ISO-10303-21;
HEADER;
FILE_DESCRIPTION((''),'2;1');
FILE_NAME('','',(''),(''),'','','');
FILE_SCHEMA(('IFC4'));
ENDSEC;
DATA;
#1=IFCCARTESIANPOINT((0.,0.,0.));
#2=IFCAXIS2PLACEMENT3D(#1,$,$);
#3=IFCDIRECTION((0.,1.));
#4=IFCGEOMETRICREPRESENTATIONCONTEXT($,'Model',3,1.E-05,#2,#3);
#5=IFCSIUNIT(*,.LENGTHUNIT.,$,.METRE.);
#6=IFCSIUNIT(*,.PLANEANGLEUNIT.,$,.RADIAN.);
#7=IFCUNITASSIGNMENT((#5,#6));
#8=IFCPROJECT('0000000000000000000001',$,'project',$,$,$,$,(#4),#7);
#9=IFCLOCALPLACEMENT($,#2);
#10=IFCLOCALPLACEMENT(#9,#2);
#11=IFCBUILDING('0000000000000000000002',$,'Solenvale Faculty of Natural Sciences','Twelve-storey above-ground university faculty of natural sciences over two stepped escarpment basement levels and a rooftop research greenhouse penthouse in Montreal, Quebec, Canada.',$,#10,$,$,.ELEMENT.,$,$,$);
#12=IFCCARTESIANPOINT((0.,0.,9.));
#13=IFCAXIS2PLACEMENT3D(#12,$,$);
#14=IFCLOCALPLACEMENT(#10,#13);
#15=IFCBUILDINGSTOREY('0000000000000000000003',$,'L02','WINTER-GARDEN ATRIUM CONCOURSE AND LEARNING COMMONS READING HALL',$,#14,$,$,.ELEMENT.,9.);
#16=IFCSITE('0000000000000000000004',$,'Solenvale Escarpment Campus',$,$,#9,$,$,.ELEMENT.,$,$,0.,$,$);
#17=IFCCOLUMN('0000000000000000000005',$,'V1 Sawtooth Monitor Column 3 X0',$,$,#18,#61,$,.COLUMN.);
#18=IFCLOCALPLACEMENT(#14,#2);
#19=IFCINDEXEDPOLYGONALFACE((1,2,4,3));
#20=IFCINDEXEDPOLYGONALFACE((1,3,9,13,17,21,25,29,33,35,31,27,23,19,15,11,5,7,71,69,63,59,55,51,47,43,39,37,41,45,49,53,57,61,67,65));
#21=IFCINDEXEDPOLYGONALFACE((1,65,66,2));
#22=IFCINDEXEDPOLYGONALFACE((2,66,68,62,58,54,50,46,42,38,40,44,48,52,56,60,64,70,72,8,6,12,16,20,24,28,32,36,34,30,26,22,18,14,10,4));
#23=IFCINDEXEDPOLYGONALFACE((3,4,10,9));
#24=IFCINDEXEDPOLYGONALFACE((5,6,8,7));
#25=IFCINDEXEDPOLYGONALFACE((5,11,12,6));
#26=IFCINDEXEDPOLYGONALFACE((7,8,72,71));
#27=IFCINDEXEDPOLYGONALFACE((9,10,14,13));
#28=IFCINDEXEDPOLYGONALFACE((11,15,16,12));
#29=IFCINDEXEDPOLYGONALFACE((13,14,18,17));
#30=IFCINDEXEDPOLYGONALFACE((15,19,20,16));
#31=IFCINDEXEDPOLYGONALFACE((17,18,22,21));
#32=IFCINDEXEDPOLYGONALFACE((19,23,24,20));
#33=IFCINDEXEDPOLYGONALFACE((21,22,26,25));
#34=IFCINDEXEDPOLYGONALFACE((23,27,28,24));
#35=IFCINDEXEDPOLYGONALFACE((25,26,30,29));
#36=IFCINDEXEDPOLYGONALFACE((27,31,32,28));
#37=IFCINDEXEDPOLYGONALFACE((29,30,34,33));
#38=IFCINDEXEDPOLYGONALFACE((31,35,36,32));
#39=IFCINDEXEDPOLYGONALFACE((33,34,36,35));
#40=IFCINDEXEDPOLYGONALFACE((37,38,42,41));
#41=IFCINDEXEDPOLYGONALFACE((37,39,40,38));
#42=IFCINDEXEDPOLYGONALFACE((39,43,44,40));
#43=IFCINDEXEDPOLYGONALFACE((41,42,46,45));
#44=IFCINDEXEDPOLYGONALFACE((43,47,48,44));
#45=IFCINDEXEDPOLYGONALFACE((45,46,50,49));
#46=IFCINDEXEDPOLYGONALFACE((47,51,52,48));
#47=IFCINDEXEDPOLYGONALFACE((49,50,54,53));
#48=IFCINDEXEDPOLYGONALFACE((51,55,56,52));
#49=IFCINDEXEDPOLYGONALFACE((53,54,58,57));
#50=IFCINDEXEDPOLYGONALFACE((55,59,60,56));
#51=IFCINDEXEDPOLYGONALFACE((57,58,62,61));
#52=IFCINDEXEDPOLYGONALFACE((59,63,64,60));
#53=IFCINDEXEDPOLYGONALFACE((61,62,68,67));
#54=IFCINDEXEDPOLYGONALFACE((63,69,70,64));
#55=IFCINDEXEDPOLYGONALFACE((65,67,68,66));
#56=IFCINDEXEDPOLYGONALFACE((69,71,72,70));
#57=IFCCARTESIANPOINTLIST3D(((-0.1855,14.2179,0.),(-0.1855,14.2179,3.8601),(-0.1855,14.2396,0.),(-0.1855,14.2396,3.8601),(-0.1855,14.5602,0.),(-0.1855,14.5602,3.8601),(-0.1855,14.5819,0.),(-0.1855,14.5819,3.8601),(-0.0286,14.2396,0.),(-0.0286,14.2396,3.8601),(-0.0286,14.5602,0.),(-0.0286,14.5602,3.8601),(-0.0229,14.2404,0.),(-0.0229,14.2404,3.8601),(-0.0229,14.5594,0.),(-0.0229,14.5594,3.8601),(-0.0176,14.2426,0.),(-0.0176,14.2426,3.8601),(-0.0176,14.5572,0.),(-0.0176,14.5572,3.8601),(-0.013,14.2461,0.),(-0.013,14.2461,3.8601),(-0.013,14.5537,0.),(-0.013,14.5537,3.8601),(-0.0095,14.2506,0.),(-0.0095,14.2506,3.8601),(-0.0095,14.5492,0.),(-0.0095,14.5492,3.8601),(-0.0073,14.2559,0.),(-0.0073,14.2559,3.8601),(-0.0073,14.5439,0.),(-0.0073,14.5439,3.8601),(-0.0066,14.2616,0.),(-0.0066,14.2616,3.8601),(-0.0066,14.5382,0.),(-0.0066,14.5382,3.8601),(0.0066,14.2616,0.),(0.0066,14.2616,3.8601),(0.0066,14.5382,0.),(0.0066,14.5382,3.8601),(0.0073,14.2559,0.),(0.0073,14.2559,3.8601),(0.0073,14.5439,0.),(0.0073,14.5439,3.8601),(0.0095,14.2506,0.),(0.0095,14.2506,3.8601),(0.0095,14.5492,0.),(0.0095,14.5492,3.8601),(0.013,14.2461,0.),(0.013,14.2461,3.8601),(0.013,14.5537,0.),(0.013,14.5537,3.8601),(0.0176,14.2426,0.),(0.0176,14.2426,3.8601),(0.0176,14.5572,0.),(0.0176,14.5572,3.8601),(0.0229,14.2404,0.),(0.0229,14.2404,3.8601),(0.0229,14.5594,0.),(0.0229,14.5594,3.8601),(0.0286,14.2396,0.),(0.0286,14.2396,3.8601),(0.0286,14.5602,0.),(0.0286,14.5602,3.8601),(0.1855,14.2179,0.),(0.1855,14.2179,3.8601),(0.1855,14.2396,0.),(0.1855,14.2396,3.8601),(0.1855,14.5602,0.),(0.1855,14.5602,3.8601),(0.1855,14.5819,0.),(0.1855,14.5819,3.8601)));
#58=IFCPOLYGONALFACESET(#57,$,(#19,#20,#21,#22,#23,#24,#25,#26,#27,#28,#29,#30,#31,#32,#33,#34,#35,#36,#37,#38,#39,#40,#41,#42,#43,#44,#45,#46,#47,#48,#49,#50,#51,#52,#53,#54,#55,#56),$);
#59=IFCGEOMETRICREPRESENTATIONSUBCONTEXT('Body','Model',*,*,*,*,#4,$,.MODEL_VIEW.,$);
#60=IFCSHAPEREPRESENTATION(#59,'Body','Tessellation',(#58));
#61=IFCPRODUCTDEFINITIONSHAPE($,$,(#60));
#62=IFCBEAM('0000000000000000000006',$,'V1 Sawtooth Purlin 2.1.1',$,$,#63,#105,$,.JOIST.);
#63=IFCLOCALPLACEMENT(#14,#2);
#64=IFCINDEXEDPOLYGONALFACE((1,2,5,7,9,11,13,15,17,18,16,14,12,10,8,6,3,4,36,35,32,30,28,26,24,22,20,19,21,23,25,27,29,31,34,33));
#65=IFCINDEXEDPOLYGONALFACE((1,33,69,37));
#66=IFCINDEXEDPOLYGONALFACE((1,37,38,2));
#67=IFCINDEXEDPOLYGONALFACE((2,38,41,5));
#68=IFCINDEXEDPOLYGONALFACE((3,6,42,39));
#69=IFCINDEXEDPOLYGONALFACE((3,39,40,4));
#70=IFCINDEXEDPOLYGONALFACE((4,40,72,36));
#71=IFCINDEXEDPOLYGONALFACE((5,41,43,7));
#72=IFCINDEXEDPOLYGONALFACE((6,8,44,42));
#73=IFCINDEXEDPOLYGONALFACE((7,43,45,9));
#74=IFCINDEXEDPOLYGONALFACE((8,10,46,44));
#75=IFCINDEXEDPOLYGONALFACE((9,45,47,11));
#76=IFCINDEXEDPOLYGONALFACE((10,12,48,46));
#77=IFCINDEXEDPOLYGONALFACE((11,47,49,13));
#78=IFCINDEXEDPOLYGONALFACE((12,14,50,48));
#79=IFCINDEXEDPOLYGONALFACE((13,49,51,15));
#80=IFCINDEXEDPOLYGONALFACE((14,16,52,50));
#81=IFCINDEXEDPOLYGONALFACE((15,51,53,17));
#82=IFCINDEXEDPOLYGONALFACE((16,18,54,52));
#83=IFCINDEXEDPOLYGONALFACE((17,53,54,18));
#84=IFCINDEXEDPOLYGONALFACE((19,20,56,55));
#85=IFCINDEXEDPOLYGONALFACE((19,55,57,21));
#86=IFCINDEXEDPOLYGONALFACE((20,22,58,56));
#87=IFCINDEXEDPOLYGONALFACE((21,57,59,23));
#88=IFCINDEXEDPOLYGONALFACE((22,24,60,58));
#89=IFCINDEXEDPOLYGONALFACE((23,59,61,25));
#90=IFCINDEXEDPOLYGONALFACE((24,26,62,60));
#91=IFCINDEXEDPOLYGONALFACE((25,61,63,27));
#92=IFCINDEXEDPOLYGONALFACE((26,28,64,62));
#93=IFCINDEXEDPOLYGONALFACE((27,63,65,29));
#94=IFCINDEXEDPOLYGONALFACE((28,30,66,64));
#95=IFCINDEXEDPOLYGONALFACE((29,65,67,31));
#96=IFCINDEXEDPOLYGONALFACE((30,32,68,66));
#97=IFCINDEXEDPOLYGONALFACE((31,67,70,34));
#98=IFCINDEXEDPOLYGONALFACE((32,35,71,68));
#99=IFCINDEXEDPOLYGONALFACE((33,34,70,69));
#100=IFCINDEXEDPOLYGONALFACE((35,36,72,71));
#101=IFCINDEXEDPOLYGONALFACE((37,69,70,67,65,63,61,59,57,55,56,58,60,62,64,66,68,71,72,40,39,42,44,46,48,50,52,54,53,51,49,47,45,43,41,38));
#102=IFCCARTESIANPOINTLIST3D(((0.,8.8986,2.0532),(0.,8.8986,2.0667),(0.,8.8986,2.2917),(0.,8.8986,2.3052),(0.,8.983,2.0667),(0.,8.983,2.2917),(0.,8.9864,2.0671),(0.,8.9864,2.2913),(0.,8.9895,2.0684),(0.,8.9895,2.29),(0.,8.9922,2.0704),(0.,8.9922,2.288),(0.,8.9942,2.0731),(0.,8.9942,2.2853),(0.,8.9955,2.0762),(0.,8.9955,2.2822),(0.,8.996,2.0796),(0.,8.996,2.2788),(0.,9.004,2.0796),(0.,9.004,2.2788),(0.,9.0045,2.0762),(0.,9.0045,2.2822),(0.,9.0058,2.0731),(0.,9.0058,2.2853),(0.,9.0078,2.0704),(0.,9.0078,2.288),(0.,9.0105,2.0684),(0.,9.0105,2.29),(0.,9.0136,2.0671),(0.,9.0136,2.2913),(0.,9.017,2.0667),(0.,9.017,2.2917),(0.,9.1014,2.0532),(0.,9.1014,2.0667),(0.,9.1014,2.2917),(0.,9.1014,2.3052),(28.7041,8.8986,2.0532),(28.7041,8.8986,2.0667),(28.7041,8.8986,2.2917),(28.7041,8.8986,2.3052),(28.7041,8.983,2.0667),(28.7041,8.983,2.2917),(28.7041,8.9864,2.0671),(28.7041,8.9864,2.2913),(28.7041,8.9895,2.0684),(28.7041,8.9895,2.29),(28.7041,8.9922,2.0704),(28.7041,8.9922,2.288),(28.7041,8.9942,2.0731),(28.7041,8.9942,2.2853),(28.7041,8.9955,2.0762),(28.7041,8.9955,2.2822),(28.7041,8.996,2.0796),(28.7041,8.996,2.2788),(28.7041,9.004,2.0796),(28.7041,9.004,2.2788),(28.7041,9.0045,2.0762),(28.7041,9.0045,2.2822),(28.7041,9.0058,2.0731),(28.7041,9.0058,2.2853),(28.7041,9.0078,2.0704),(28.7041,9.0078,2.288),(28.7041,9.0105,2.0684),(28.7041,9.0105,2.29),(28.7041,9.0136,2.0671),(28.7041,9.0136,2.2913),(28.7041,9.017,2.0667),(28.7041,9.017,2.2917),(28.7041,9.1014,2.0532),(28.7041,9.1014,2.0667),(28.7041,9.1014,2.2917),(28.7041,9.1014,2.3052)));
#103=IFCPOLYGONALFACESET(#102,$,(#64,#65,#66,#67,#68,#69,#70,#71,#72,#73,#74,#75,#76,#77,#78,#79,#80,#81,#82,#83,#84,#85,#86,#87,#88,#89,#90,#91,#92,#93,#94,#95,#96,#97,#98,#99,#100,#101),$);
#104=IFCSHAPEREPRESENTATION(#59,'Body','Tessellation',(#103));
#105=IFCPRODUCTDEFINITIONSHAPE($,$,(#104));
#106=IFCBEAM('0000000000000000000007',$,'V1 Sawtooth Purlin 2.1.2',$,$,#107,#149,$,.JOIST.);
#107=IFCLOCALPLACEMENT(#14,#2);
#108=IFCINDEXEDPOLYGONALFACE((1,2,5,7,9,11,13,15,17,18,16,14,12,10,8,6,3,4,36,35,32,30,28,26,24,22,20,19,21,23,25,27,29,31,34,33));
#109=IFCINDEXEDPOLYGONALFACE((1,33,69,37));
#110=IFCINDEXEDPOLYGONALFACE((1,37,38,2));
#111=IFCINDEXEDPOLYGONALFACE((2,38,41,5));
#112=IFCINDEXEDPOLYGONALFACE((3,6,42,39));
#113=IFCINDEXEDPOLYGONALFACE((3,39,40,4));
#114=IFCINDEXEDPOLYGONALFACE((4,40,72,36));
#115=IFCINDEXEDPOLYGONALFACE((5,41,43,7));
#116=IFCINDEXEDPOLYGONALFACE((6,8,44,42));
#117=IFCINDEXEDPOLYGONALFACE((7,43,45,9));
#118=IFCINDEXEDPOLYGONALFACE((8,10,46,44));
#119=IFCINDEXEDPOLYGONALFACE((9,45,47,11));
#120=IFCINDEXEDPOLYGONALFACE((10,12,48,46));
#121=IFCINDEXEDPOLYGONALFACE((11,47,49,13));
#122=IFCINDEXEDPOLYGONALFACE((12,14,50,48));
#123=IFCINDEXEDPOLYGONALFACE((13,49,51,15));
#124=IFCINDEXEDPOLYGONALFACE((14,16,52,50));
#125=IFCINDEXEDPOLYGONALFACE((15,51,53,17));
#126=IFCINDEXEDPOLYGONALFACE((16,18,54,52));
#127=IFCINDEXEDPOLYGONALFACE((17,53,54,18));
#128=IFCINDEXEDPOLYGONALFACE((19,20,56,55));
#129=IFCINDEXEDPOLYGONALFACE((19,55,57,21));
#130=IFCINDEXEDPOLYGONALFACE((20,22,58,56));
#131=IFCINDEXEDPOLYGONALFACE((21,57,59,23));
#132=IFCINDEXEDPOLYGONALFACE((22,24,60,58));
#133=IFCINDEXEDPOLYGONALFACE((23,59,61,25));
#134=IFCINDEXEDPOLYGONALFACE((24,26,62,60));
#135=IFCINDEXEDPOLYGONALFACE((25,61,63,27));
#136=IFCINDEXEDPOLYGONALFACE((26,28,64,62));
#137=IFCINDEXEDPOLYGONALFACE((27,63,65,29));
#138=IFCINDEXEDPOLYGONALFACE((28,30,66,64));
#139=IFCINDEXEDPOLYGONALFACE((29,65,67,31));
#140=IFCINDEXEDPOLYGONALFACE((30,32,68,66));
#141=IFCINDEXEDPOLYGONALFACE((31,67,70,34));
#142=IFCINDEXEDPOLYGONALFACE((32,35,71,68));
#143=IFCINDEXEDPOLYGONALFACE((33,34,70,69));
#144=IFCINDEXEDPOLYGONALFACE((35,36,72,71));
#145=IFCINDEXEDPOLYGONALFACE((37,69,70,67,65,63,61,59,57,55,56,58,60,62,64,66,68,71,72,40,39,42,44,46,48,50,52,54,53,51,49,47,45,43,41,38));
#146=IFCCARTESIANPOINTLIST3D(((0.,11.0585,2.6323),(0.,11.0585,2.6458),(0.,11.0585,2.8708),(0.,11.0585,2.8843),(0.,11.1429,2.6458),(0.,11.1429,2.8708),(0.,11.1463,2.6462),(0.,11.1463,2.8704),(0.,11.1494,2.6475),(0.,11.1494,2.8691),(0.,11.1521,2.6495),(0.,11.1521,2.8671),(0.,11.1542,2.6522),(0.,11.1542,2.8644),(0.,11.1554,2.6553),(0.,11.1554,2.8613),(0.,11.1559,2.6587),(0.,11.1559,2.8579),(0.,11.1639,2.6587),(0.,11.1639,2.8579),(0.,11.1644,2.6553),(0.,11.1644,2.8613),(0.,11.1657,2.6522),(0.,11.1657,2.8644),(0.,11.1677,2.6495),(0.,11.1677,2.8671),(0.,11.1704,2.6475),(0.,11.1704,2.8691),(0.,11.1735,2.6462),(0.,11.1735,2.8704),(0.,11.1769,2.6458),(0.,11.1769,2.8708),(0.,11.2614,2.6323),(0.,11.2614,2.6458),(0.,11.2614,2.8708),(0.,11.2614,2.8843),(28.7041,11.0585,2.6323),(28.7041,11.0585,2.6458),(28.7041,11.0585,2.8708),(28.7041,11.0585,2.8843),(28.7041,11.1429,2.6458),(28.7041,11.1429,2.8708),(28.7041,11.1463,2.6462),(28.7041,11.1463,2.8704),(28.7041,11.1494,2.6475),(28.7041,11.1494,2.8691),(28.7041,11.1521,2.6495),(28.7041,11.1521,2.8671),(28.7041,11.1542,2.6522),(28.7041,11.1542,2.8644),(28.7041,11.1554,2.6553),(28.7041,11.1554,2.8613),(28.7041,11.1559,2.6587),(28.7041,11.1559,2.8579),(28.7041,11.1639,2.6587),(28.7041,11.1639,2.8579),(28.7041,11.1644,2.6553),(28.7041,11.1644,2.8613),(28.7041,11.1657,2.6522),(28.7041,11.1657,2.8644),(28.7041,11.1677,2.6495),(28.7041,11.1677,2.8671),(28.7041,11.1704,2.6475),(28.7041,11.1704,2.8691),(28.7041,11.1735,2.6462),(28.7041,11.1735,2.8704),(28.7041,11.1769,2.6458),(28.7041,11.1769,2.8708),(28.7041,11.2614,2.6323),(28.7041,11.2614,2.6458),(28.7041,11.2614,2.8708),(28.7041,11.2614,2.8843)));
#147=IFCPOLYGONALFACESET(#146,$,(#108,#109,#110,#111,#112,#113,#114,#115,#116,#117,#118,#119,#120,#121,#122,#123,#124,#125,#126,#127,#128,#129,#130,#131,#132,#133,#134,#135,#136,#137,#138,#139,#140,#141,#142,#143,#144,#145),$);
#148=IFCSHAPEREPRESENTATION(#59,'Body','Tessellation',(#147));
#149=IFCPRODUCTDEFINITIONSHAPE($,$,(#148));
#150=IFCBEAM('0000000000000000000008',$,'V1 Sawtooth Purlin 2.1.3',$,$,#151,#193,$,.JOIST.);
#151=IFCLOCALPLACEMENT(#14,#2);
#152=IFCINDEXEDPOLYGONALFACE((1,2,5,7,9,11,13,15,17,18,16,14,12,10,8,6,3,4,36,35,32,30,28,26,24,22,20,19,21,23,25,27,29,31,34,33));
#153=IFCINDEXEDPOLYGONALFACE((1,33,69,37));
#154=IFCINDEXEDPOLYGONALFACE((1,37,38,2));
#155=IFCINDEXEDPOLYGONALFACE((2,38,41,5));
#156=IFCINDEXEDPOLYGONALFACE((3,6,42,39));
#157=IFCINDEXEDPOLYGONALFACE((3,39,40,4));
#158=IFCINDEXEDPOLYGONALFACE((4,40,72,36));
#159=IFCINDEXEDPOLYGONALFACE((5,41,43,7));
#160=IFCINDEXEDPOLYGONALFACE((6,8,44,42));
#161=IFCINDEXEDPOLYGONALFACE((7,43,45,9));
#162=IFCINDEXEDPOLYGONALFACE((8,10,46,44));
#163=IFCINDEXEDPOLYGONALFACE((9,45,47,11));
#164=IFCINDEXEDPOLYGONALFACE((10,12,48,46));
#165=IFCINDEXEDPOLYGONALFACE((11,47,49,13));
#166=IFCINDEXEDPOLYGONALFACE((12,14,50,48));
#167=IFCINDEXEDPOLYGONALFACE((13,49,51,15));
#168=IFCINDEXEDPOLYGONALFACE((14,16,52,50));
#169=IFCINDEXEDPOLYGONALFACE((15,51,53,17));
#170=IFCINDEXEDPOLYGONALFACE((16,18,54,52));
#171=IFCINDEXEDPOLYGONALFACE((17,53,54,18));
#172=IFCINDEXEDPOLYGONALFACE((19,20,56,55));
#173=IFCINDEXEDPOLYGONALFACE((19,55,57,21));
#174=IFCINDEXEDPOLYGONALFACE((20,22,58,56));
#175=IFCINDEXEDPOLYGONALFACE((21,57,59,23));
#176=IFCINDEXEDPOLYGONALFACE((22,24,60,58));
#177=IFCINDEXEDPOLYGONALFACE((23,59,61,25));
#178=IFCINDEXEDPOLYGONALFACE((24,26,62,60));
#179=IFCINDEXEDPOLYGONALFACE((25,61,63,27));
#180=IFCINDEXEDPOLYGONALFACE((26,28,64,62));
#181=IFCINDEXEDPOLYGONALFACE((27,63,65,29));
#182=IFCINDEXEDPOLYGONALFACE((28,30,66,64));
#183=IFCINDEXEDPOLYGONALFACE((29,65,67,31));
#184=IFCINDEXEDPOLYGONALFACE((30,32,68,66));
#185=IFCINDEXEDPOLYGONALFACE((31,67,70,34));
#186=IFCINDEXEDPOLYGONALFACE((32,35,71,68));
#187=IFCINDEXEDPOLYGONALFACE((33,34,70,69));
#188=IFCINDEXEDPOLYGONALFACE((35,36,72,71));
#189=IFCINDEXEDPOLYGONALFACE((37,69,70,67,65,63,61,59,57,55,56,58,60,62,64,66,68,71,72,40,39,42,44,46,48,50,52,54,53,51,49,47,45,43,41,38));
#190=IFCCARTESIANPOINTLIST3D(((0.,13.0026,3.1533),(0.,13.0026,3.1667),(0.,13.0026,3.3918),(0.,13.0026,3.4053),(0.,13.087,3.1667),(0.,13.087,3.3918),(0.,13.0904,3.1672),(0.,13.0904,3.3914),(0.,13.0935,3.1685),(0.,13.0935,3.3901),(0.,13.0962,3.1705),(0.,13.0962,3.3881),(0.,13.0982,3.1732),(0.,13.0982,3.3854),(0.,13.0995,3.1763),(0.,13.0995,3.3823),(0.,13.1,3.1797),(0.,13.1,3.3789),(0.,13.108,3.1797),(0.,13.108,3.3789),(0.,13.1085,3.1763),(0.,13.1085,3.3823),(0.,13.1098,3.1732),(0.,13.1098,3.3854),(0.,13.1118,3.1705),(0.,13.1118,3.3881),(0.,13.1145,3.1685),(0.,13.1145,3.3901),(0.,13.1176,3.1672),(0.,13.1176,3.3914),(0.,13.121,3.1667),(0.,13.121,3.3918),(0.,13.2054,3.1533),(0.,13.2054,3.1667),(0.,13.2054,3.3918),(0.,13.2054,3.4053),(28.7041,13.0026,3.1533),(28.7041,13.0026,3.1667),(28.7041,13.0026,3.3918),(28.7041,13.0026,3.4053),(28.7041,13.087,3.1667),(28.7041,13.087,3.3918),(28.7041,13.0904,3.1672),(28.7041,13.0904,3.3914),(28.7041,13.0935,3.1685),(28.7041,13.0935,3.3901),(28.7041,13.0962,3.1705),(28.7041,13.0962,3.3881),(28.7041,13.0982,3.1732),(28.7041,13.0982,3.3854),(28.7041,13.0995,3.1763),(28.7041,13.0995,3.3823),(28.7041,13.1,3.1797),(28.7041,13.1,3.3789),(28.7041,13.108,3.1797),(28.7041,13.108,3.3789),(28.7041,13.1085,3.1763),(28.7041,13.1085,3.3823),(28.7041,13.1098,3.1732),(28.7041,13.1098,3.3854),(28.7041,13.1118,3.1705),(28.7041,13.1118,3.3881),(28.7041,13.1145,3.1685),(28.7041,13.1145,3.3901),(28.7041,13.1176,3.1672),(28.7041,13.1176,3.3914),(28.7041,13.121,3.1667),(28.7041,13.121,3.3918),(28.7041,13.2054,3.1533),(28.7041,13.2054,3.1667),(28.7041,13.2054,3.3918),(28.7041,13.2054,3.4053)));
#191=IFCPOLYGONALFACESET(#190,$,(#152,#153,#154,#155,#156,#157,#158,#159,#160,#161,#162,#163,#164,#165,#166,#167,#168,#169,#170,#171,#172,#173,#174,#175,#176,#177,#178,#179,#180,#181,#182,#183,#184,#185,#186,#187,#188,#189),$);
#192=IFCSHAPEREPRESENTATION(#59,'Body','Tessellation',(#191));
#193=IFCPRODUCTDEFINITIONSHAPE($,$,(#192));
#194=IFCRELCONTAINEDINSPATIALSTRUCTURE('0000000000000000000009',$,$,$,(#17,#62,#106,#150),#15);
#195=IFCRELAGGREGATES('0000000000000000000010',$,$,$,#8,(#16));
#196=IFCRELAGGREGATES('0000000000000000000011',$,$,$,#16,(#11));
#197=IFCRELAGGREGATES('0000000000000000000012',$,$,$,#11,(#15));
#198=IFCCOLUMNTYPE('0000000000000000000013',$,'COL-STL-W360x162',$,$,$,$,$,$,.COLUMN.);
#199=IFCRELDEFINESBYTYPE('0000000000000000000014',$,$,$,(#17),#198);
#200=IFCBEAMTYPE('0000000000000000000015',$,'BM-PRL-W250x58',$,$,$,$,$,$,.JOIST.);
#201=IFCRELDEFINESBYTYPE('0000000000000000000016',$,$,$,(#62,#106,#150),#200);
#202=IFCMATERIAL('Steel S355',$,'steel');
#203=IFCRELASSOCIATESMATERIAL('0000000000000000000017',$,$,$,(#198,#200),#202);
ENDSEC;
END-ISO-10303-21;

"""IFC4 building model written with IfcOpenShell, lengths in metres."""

from ifc_helpers import new_model, si_unit, direction, frame, origin, origin_2d, place, context, subcontext, project, spatial, i_section, extrude, material, material_profile, profile_set, type_object, element, save


model = new_model("IFC4")

# Units and contexts
model_context = context("Model", 3, precision=1e-05, world=origin(), true_north=direction((0.0, 1.0)))
body_context = subcontext(model_context, "Body", "Model", "MODEL_VIEW")
ifc_project = project(units=[si_unit("LENGTHUNIT", "METRE"), si_unit("PLANEANGLEUNIT", "RADIAN")], contexts=[model_context])

# Site, building, storey
site_placement = place(None, origin())
site = spatial("IfcSite", under=ifc_project, at=site_placement, Name="Solenvale Escarpment Campus", CompositionType="ELEMENT", RefElevation=0.0)
building_placement = place(site_placement, origin())
building = spatial("IfcBuilding", under=site, at=building_placement, Name="Solenvale Faculty of Natural Sciences", Description="Twelve-storey above-ground university faculty of natural sciences over two stepped escarpment basement levels and a rooftop research greenhouse penthouse in Montreal, Quebec, Canada.", CompositionType="ELEMENT")
storey_placement = place(building_placement, frame((0.0, 0.0, 9.0)))
storey = spatial("IfcBuildingStorey", under=building, at=storey_placement, Name="L02", Description="WINTER-GARDEN ATRIUM CONCOURSE AND LEARNING COMMONS READING HALL", CompositionType="ELEMENT", Elevation=9.0)

# Column
ifc_material_1 = material(Name="Steel S355", Category="steel")
ifc_material_profile_1 = material_profile(ifc_material_1, i_section(OverallWidth=0.3711, OverallDepth=0.364, WebThickness=0.0132, FlangeThickness=0.0217, FilletRadius=0.022, at=origin_2d()), Name="W360x162")
ifc_profile_set_1 = profile_set([ifc_material_profile_1], Name="Steel S355")
column_type = type_object("IfcColumnType", Name="COL-STL-W360x162", PredefinedType="COLUMN", material=ifc_profile_set_1)
column_placement = place(storey_placement, frame((0.0, 14.3999, 0.0), z_axis=(0.0, 0.0, 1.0), x_axis=(1.0, 0.0, 0.0)))
element("IfcColumn", 1, at=column_placement, inside=storey, type_object=column_type, Name="V1 Sawtooth Monitor Column 3 X0", PredefinedType="COLUMN", context=body_context, shape_type="SweptSolid", body=[
    extrude(i_section(OverallWidth=0.3711, OverallDepth=0.364, WebThickness=0.0132, FlangeThickness=0.0217, FilletRadius=0.022, at=origin_2d()), origin(), (0.0, 0.0, 1.0), 3.8601),
])

# Beams
ifc_material_profile_2 = material_profile(ifc_material_1, i_section(OverallWidth=0.2029, OverallDepth=0.252, WebThickness=0.0081, FlangeThickness=0.0134, FilletRadius=0.0129, at=origin_2d()), Name="W250x58")
ifc_profile_set_2 = profile_set([ifc_material_profile_2], Name="Steel S355")
beam_type_1 = type_object("IfcBeamType", Name="BM-PRL-W250x58", PredefinedType="JOIST", material=ifc_profile_set_2)
for number, where, z_axis, x_axis, name in (
    (2, (0.0, 9.0, 2.1792), (1.0, 0.0, 0.0), (0.0, 1.0, 0.0), "V1 Sawtooth Purlin 2.1.1"),
    (3, (0.0, 11.1599, 2.7583), (1.0, 0.0, 0.0), (0.0, 1.0, 0.0), "V1 Sawtooth Purlin 2.1.2"),
    (4, (0.0, 13.104, 3.2793), (1.0, 0.0, 0.0), (0.0, 1.0, 0.0), "V1 Sawtooth Purlin 2.1.3"),
):
    element("IfcBeam", number, at=place(storey_placement, frame(where, z_axis=z_axis, x_axis=x_axis)), inside=storey, type_object=beam_type_1, Name=name, PredefinedType="JOIST", context=body_context, shape_type="SweptSolid", body=[
        extrude(i_section(OverallWidth=0.2029, OverallDepth=0.252, WebThickness=0.0081, FlangeThickness=0.0134, FilletRadius=0.0129, at=origin_2d()), origin(), (0.0, 0.0, 1.0), 28.7041),
    ])

save(model, "model.ifc")
